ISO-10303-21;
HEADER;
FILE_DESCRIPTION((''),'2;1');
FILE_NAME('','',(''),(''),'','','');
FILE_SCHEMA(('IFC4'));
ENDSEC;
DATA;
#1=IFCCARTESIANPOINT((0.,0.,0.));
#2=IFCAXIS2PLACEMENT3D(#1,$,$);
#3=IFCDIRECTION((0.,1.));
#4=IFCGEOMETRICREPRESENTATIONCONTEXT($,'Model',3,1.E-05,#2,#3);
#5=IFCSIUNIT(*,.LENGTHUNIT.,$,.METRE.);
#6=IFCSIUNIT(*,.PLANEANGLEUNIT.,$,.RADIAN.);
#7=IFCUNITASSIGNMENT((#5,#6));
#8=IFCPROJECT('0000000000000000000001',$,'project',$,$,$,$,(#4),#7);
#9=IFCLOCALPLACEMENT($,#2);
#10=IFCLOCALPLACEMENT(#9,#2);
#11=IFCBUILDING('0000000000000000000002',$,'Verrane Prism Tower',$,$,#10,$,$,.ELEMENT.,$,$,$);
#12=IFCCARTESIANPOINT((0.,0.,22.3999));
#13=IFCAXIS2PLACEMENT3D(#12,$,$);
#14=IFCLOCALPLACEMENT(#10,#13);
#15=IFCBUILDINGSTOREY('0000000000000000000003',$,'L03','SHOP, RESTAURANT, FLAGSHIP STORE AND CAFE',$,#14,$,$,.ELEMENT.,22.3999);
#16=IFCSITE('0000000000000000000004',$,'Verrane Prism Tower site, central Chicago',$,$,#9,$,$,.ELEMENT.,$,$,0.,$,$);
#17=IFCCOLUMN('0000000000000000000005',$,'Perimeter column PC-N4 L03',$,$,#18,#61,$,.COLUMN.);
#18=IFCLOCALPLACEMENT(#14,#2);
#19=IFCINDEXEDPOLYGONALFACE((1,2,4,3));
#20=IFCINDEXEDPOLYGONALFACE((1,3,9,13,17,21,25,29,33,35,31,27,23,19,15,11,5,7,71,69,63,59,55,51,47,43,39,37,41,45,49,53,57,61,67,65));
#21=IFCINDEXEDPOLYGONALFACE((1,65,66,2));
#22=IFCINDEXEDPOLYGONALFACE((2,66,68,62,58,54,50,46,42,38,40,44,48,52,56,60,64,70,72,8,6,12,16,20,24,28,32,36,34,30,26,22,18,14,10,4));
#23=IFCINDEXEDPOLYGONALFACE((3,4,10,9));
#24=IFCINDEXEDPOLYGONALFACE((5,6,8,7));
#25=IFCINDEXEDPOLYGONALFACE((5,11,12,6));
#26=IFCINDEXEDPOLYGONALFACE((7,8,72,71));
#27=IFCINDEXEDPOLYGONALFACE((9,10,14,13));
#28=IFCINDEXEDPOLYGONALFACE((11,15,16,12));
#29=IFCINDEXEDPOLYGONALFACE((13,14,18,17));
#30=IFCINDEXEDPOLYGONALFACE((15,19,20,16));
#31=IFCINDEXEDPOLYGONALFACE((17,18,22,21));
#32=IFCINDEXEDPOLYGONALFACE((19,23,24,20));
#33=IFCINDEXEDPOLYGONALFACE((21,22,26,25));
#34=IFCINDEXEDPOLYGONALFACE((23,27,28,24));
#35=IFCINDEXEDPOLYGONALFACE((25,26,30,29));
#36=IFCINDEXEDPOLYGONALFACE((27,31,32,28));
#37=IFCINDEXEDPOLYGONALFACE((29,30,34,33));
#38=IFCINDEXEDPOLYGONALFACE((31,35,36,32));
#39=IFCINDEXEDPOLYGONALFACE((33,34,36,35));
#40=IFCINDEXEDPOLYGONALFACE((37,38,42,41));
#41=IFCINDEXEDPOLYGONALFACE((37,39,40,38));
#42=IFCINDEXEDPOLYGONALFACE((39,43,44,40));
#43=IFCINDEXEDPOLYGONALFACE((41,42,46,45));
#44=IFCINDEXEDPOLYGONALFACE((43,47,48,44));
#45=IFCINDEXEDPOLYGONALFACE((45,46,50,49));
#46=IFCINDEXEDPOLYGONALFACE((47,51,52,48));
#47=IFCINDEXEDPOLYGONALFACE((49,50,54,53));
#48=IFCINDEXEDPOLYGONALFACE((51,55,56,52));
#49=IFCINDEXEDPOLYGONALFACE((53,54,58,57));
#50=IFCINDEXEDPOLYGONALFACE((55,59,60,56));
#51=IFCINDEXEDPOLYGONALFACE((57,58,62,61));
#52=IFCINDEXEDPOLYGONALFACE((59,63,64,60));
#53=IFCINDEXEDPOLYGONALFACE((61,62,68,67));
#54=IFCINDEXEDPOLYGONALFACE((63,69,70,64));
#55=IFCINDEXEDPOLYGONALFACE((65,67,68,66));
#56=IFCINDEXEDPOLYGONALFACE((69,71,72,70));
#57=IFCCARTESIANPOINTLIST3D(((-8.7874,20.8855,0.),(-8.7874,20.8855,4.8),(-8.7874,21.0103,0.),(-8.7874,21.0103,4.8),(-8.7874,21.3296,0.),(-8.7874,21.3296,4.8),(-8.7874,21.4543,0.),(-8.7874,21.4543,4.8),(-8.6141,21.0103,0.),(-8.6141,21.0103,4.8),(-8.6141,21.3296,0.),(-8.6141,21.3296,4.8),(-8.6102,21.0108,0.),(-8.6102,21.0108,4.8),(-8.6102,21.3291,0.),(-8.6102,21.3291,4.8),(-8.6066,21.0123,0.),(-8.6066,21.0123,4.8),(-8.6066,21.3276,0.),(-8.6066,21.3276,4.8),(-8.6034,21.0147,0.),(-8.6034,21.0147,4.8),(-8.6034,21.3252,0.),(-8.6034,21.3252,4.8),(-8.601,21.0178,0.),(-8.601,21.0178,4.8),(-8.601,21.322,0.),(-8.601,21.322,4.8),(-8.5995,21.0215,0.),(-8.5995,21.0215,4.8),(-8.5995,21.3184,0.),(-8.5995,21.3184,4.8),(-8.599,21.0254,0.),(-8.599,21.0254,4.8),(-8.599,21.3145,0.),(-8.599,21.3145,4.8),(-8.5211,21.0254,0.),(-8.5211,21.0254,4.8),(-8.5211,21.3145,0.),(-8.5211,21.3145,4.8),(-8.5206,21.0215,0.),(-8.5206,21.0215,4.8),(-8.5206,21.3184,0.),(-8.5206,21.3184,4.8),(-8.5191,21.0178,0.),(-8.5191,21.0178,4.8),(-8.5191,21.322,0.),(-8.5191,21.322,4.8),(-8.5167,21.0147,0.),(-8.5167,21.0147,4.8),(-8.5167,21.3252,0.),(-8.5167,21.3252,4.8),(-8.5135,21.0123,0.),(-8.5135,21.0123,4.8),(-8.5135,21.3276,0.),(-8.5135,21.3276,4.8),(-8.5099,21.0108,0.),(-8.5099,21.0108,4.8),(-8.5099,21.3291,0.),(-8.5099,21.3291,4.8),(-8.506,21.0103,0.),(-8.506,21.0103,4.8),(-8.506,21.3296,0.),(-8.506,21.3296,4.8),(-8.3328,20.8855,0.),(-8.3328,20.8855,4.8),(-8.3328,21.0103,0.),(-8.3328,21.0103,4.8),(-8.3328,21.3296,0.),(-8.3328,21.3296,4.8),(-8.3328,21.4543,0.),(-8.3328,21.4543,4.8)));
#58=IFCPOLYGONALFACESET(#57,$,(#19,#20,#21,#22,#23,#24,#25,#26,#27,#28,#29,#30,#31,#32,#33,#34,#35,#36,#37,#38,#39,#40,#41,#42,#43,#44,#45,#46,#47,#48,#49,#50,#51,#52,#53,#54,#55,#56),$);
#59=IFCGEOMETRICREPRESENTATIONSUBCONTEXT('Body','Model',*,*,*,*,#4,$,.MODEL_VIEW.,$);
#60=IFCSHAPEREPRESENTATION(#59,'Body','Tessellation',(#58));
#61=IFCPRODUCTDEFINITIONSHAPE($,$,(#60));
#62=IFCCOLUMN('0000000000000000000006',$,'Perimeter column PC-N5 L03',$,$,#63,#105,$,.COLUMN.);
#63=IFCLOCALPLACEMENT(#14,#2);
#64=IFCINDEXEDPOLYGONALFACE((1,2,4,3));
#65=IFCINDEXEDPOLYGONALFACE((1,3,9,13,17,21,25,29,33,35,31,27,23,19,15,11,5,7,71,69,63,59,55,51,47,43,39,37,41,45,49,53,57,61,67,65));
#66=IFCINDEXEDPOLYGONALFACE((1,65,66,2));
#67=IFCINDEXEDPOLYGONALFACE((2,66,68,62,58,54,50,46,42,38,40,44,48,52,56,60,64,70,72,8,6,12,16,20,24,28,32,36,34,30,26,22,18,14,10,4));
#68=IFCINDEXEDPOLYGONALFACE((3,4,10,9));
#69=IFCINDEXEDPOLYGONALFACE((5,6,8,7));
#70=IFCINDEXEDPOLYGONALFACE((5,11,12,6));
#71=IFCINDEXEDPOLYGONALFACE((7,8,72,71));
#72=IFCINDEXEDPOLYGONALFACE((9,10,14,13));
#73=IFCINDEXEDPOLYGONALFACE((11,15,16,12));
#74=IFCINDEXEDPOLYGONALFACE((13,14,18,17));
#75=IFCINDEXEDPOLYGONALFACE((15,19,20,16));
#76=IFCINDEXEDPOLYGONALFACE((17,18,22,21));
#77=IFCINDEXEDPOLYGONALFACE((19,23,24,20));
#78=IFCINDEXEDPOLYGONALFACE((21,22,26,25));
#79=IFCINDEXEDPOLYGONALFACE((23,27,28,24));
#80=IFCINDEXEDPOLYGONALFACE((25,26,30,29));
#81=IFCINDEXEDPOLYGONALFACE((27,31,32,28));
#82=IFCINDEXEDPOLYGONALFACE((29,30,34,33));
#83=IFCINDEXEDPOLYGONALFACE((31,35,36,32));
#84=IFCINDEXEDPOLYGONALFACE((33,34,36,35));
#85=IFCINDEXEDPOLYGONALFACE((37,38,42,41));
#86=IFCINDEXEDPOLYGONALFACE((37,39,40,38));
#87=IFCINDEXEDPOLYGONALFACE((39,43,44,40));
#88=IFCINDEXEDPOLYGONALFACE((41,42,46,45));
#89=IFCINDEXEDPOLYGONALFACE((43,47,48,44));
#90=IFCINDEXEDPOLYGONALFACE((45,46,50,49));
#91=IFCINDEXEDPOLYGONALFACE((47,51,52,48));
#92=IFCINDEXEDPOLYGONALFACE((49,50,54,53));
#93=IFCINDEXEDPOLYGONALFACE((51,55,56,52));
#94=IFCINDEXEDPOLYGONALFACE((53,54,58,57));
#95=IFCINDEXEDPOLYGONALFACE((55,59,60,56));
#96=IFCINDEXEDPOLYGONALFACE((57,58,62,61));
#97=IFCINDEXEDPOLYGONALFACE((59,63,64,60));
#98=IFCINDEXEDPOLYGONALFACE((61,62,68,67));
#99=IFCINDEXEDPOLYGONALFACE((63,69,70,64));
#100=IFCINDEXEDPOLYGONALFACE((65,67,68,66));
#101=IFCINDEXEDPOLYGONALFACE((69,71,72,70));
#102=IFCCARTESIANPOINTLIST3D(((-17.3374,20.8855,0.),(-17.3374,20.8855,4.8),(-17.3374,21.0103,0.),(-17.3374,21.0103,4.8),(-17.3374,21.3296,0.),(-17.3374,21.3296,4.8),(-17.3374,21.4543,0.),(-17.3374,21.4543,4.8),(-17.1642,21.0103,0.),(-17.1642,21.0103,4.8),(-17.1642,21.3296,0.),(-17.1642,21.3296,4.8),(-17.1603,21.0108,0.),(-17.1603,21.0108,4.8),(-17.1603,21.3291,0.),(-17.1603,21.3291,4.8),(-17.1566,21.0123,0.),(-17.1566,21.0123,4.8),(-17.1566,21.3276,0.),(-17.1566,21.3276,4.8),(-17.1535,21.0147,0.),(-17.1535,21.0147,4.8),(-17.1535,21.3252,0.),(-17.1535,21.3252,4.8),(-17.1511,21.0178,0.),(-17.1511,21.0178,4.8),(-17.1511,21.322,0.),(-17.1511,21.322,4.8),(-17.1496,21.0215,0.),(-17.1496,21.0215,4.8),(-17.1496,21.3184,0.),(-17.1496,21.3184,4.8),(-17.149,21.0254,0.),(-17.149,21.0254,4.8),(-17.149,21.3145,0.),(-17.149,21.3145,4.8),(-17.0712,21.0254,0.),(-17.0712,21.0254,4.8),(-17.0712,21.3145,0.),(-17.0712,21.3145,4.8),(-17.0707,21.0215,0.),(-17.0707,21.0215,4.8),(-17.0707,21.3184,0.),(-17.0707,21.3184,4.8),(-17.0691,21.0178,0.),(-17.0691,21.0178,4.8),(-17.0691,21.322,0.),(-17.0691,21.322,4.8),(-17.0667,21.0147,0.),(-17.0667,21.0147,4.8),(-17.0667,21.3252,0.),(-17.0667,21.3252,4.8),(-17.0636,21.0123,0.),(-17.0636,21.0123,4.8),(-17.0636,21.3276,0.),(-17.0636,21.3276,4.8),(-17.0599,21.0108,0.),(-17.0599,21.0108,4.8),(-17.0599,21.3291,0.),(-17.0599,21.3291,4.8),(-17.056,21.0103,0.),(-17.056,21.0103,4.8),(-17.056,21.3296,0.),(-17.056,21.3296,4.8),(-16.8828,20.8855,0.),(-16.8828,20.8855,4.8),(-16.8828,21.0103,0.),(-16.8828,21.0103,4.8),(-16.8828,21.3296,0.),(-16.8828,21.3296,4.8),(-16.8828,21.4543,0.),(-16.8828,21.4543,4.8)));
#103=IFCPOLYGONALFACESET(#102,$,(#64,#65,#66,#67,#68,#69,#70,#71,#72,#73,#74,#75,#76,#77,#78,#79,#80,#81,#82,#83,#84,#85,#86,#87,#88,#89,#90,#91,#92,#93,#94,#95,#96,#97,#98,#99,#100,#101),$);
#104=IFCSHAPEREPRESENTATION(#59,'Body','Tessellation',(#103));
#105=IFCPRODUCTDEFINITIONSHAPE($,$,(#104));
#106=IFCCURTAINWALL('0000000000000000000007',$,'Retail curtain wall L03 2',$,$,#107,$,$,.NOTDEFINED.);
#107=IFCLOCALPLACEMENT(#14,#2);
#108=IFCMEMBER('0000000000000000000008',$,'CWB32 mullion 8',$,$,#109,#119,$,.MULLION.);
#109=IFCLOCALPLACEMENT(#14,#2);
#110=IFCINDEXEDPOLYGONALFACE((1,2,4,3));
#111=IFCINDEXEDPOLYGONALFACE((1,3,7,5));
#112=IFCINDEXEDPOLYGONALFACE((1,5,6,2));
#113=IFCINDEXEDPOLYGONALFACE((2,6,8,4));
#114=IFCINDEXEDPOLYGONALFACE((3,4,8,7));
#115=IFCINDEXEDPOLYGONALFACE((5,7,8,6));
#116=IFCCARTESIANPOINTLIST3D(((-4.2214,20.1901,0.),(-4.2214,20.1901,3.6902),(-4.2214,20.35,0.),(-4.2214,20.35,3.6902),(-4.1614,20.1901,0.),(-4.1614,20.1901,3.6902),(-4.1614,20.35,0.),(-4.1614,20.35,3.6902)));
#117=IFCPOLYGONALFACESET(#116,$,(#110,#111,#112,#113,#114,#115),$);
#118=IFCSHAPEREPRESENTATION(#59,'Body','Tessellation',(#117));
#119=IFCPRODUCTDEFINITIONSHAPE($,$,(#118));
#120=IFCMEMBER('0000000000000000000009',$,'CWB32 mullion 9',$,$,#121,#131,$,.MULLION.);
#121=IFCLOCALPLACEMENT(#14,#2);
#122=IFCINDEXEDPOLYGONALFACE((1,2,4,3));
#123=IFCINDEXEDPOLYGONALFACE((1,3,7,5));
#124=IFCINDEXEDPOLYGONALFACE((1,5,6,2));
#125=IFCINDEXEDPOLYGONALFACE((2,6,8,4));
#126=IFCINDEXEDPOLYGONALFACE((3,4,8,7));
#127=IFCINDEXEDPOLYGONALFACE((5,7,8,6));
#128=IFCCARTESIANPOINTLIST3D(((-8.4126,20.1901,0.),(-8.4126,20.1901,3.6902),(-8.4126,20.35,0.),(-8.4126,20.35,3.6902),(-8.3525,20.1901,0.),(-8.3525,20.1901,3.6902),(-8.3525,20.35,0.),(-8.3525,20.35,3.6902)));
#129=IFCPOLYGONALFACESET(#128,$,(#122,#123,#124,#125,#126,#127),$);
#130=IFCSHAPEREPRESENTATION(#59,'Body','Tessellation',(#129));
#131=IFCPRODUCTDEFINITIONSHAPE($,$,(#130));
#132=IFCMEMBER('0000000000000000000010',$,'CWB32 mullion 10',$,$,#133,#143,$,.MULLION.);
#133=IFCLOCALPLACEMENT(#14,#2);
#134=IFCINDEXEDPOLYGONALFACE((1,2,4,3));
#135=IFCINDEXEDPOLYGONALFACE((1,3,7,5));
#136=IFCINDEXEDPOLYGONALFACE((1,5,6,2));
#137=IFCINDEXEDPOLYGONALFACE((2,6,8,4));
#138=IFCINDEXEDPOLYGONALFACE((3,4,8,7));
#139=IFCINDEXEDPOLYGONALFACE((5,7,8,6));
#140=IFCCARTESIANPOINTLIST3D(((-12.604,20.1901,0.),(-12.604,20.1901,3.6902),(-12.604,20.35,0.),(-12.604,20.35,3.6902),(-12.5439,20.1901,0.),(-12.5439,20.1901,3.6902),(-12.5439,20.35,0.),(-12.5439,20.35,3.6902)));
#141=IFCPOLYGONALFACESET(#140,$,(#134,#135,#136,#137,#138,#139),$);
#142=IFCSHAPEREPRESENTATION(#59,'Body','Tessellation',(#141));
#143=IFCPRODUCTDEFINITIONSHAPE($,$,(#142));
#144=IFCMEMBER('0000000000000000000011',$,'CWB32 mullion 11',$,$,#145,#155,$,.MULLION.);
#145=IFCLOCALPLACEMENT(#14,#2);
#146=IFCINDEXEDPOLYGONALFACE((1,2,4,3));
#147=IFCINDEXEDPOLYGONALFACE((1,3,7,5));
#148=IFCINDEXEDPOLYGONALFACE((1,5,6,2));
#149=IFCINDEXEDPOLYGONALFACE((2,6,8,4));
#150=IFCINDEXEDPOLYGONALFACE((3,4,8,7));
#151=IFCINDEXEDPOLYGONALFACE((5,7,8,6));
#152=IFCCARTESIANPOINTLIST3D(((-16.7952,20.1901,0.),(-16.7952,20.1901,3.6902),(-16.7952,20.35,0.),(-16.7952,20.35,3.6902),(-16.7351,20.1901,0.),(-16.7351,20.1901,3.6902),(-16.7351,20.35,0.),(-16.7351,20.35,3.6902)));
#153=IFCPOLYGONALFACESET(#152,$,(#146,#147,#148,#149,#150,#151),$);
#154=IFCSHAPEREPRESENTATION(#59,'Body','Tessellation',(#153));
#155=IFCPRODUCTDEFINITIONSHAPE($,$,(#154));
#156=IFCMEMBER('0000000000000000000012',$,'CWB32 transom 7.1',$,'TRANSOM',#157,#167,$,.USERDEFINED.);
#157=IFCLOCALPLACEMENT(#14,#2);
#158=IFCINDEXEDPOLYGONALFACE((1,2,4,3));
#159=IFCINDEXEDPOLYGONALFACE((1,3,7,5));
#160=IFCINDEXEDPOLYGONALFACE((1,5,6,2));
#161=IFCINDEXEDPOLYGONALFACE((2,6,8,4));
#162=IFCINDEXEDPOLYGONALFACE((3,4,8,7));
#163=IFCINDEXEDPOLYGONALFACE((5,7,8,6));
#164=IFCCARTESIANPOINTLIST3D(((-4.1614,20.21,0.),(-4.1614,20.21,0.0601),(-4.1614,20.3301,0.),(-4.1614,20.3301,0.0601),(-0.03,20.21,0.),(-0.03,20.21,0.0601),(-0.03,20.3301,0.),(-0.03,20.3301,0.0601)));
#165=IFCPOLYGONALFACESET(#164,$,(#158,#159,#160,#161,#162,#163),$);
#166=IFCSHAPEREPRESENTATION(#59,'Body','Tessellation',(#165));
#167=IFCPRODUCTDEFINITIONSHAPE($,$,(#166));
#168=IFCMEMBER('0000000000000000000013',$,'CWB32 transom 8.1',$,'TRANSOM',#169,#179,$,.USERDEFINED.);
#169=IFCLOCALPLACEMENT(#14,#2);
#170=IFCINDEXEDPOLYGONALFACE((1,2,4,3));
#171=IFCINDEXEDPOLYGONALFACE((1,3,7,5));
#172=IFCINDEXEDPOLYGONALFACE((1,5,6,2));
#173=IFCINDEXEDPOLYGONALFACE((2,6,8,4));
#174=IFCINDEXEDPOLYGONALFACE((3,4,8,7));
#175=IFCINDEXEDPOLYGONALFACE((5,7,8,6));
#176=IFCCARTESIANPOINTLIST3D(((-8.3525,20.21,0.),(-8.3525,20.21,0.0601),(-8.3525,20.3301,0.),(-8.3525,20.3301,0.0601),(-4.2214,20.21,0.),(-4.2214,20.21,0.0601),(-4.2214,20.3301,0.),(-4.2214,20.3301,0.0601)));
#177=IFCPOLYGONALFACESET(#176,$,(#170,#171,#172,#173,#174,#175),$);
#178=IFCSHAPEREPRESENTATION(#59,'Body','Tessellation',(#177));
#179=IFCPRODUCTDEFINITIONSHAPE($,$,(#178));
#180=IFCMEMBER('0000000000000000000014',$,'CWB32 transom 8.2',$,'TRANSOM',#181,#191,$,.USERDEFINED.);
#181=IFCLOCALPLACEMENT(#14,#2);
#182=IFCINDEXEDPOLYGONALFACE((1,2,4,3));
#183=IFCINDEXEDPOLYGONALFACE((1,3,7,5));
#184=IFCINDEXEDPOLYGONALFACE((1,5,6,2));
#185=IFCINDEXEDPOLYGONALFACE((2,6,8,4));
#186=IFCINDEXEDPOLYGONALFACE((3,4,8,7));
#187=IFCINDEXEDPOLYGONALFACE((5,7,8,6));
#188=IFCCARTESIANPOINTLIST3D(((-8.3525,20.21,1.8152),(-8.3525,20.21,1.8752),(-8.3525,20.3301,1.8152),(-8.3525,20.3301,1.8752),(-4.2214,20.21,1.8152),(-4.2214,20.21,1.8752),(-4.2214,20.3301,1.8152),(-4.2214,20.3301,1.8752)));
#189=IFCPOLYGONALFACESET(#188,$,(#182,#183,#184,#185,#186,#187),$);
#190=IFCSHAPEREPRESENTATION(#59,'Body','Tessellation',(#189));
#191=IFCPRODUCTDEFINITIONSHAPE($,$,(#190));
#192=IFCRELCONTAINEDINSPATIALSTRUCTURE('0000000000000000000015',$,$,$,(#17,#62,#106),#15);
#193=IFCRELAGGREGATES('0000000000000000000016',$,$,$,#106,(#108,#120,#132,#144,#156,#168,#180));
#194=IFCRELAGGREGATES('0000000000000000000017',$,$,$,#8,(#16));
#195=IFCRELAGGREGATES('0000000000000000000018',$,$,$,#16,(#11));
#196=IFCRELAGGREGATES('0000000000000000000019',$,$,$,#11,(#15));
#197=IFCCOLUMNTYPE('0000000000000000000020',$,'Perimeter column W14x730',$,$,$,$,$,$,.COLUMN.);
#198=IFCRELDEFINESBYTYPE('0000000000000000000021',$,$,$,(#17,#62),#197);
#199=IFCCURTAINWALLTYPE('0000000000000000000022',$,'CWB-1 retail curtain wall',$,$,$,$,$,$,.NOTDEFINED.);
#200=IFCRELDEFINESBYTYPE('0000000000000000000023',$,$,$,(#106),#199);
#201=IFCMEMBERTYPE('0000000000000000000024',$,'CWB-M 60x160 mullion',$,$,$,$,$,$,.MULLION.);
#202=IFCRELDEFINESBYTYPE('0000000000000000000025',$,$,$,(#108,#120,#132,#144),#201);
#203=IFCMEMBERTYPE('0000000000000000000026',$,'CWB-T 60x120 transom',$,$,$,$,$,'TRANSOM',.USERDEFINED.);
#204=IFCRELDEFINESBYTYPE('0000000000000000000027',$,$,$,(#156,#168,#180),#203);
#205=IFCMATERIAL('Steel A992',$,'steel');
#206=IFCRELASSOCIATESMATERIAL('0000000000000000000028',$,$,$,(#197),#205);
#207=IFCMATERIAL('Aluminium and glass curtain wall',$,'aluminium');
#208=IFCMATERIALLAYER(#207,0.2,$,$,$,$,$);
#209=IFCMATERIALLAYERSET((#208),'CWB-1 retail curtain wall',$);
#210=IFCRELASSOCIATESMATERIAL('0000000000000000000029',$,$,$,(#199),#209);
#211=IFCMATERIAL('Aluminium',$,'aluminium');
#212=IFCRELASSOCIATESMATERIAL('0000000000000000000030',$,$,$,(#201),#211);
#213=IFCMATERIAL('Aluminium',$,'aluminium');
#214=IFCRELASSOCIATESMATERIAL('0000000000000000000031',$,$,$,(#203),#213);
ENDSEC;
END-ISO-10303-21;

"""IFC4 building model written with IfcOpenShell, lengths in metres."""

from ifc_helpers import new_model, si_unit, direction, frame, origin, origin_2d, place, context, subcontext, project, spatial, rectangle, i_section, extrude, material, layer, layer_set, material_profile, profile_set, type_object, element, aggregate, save


model = new_model("IFC4")

# Units and contexts
model_context = context("Model", 3, precision=1e-05, world=origin(), true_north=direction((0.0, 1.0)))
body_context = subcontext(model_context, "Body", "Model", "MODEL_VIEW")
ifc_project = project(units=[si_unit("LENGTHUNIT", "METRE"), si_unit("PLANEANGLEUNIT", "RADIAN")], contexts=[model_context])

# Site, building, storey
site_placement = place(None, origin())
site = spatial("IfcSite", under=ifc_project, at=site_placement, Name="Verrane Prism Tower site, central Chicago", CompositionType="ELEMENT", RefElevation=0.0)
building_placement = place(site_placement, origin())
building = spatial("IfcBuilding", under=site, at=building_placement, Name="Verrane Prism Tower", CompositionType="ELEMENT")
storey_placement = place(building_placement, frame((0.0, 0.0, 22.3999)))
storey = spatial("IfcBuildingStorey", under=building, at=storey_placement, Name="L03", Description="SHOP, RESTAURANT, FLAGSHIP STORE AND CAFE", CompositionType="ELEMENT", Elevation=22.3999)

# Columns
ifc_material_1 = material(Name="Steel A992", Category="steel")
ifc_material_profile_1 = material_profile(ifc_material_1, i_section(OverallWidth=0.4546, OverallDepth=0.5688, WebThickness=0.0779, FlangeThickness=0.1248, FilletRadius=0.0151, at=origin_2d()), Name="W14x730")
ifc_profile_set_1 = profile_set([ifc_material_profile_1], Name="Steel A992")
column_type = type_object("IfcColumnType", Name="Perimeter column W14x730", PredefinedType="COLUMN", material=ifc_profile_set_1)
for number, where, z_axis, x_axis, name in (
    (1, (-8.5601, 21.1699, 0.0), (0.0, 0.0, 1.0), (1.0, 0.0, 0.0), "Perimeter column PC-N4 L03"),
    (2, (-17.1101, 21.1699, 0.0), (0.0, 0.0, 1.0), (1.0, 0.0, 0.0), "Perimeter column PC-N5 L03"),
):
    element("IfcColumn", number, at=place(storey_placement, frame(where, z_axis=z_axis, x_axis=x_axis)), inside=storey, type_object=column_type, Name=name, PredefinedType="COLUMN", context=body_context, shape_type="SweptSolid", body=[
        extrude(i_section(OverallWidth=0.4546, OverallDepth=0.5688, WebThickness=0.0779, FlangeThickness=0.1248, FilletRadius=0.0151, at=origin_2d()), origin(), (0.0, 0.0, 1.0), 4.8),
    ])

# Curtain wall, members
ifc_material_2 = material(Name="Aluminium and glass curtain wall", Category="aluminium")
ifc_layer_1 = layer(ifc_material_2, 0.2)
ifc_layer_set_1 = layer_set([ifc_layer_1], Name="CWB-1 retail curtain wall")
curtain_wall_type = type_object("IfcCurtainWallType", Name="CWB-1 retail curtain wall", PredefinedType="NOTDEFINED", material=ifc_layer_set_1)
curtain_wall_placement = place(storey_placement, origin())
curtain_wall = element("IfcCurtainWall", 3, at=curtain_wall_placement, inside=storey, type_object=curtain_wall_type, Name="Retail curtain wall L03 2", PredefinedType="NOTDEFINED")
ifc_material_3 = material(Name="Aluminium", Category="aluminium")
ifc_material_profile_2 = material_profile(ifc_material_3, rectangle(XDim=0.1599, YDim=0.0601, at=origin_2d()), Name="CWB-M 60x160 mullion")
ifc_profile_set_2 = profile_set([ifc_material_profile_2], Name="Aluminium")
member_type_1 = type_object("IfcMemberType", Name="CWB-M 60x160 mullion", PredefinedType="MULLION", material=ifc_profile_set_2)
member_1_placement = place(storey_placement, frame((-4.1914, 20.27, 0.0), z_axis=(0.0, 0.0, 1.0), x_axis=(0.0, -1.0, 0.0)))
member_1 = element("IfcMember", 4, at=member_1_placement, type_object=member_type_1, Name="CWB32 mullion 8", PredefinedType="MULLION", context=body_context, shape_type="SweptSolid", body=[
    extrude(rectangle(XDim=0.1599, YDim=0.0601, at=origin_2d()), origin(), (0.0, 0.0, 1.0), 3.6902),
])
member_2_placement = place(storey_placement, frame((-8.3826, 20.27, 0.0), z_axis=(0.0, 0.0, 1.0), x_axis=(0.0, -1.0, 0.0)))
member_2 = element("IfcMember", 5, at=member_2_placement, type_object=member_type_1, Name="CWB32 mullion 9", PredefinedType="MULLION", context=body_context, shape_type="SweptSolid", body=[
    extrude(rectangle(XDim=0.1599, YDim=0.0601, at=origin_2d()), origin(), (0.0, 0.0, 1.0), 3.6902),
])
member_3_placement = place(storey_placement, frame((-12.574, 20.27, 0.0), z_axis=(0.0, 0.0, 1.0), x_axis=(0.0, -1.0, 0.0)))
member_3 = element("IfcMember", 6, at=member_3_placement, type_object=member_type_1, Name="CWB32 mullion 10", PredefinedType="MULLION", context=body_context, shape_type="SweptSolid", body=[
    extrude(rectangle(XDim=0.1599, YDim=0.0601, at=origin_2d()), origin(), (0.0, 0.0, 1.0), 3.6902),
])
member_4_placement = place(storey_placement, frame((-16.7651, 20.27, 0.0), z_axis=(0.0, 0.0, 1.0), x_axis=(0.0, -1.0, 0.0)))
member_4 = element("IfcMember", 7, at=member_4_placement, type_object=member_type_1, Name="CWB32 mullion 11", PredefinedType="MULLION", context=body_context, shape_type="SweptSolid", body=[
    extrude(rectangle(XDim=0.1599, YDim=0.0601, at=origin_2d()), origin(), (0.0, 0.0, 1.0), 3.6902),
])
ifc_material_4 = material(Name="Aluminium", Category="aluminium")
ifc_material_profile_3 = material_profile(ifc_material_4, rectangle(XDim=0.1201, YDim=0.0601, at=origin_2d()), Name="CWB-T 60x120 transom")
ifc_profile_set_3 = profile_set([ifc_material_profile_3], Name="Aluminium")
member_type_2 = type_object("IfcMemberType", Name="CWB-T 60x120 transom", ElementType="TRANSOM", PredefinedType="USERDEFINED", material=ifc_profile_set_3)
member_5_placement = place(storey_placement, frame((-0.03, 20.27, 0.03), z_axis=(-1.0, 0.0, 0.0), x_axis=(0.0, -1.0, 0.0)))
member_5 = element("IfcMember", 8, at=member_5_placement, type_object=member_type_2, Name="CWB32 transom 7.1", ObjectType="TRANSOM", PredefinedType="USERDEFINED", context=body_context, shape_type="SweptSolid", body=[
    extrude(rectangle(XDim=0.1201, YDim=0.0601, at=origin_2d()), origin(), (0.0, 0.0, 1.0), 4.1313),
])
member_6_placement = place(storey_placement, frame((-4.2214, 20.27, 0.03), z_axis=(-1.0, 0.0, 0.0), x_axis=(0.0, -1.0, 0.0)))
member_6 = element("IfcMember", 9, at=member_6_placement, type_object=member_type_2, Name="CWB32 transom 8.1", ObjectType="TRANSOM", PredefinedType="USERDEFINED", context=body_context, shape_type="SweptSolid", body=[
    extrude(rectangle(XDim=0.1201, YDim=0.0601, at=origin_2d()), origin(), (0.0, 0.0, 1.0), 4.1311),
])
member_7_placement = place(storey_placement, frame((-4.2214, 20.27, 1.8452), z_axis=(-1.0, 0.0, 0.0), x_axis=(0.0, -1.0, 0.0)))
member_7 = element("IfcMember", 10, at=member_7_placement, type_object=member_type_2, Name="CWB32 transom 8.2", ObjectType="TRANSOM", PredefinedType="USERDEFINED", context=body_context, shape_type="SweptSolid", body=[
    extrude(rectangle(XDim=0.1201, YDim=0.0601, at=origin_2d()), origin(), (0.0, 0.0, 1.0), 4.1311),
])

aggregate(curtain_wall, [member_1, member_2, member_3, member_4, member_5, member_6, member_7])

save(model, "model.ifc")
